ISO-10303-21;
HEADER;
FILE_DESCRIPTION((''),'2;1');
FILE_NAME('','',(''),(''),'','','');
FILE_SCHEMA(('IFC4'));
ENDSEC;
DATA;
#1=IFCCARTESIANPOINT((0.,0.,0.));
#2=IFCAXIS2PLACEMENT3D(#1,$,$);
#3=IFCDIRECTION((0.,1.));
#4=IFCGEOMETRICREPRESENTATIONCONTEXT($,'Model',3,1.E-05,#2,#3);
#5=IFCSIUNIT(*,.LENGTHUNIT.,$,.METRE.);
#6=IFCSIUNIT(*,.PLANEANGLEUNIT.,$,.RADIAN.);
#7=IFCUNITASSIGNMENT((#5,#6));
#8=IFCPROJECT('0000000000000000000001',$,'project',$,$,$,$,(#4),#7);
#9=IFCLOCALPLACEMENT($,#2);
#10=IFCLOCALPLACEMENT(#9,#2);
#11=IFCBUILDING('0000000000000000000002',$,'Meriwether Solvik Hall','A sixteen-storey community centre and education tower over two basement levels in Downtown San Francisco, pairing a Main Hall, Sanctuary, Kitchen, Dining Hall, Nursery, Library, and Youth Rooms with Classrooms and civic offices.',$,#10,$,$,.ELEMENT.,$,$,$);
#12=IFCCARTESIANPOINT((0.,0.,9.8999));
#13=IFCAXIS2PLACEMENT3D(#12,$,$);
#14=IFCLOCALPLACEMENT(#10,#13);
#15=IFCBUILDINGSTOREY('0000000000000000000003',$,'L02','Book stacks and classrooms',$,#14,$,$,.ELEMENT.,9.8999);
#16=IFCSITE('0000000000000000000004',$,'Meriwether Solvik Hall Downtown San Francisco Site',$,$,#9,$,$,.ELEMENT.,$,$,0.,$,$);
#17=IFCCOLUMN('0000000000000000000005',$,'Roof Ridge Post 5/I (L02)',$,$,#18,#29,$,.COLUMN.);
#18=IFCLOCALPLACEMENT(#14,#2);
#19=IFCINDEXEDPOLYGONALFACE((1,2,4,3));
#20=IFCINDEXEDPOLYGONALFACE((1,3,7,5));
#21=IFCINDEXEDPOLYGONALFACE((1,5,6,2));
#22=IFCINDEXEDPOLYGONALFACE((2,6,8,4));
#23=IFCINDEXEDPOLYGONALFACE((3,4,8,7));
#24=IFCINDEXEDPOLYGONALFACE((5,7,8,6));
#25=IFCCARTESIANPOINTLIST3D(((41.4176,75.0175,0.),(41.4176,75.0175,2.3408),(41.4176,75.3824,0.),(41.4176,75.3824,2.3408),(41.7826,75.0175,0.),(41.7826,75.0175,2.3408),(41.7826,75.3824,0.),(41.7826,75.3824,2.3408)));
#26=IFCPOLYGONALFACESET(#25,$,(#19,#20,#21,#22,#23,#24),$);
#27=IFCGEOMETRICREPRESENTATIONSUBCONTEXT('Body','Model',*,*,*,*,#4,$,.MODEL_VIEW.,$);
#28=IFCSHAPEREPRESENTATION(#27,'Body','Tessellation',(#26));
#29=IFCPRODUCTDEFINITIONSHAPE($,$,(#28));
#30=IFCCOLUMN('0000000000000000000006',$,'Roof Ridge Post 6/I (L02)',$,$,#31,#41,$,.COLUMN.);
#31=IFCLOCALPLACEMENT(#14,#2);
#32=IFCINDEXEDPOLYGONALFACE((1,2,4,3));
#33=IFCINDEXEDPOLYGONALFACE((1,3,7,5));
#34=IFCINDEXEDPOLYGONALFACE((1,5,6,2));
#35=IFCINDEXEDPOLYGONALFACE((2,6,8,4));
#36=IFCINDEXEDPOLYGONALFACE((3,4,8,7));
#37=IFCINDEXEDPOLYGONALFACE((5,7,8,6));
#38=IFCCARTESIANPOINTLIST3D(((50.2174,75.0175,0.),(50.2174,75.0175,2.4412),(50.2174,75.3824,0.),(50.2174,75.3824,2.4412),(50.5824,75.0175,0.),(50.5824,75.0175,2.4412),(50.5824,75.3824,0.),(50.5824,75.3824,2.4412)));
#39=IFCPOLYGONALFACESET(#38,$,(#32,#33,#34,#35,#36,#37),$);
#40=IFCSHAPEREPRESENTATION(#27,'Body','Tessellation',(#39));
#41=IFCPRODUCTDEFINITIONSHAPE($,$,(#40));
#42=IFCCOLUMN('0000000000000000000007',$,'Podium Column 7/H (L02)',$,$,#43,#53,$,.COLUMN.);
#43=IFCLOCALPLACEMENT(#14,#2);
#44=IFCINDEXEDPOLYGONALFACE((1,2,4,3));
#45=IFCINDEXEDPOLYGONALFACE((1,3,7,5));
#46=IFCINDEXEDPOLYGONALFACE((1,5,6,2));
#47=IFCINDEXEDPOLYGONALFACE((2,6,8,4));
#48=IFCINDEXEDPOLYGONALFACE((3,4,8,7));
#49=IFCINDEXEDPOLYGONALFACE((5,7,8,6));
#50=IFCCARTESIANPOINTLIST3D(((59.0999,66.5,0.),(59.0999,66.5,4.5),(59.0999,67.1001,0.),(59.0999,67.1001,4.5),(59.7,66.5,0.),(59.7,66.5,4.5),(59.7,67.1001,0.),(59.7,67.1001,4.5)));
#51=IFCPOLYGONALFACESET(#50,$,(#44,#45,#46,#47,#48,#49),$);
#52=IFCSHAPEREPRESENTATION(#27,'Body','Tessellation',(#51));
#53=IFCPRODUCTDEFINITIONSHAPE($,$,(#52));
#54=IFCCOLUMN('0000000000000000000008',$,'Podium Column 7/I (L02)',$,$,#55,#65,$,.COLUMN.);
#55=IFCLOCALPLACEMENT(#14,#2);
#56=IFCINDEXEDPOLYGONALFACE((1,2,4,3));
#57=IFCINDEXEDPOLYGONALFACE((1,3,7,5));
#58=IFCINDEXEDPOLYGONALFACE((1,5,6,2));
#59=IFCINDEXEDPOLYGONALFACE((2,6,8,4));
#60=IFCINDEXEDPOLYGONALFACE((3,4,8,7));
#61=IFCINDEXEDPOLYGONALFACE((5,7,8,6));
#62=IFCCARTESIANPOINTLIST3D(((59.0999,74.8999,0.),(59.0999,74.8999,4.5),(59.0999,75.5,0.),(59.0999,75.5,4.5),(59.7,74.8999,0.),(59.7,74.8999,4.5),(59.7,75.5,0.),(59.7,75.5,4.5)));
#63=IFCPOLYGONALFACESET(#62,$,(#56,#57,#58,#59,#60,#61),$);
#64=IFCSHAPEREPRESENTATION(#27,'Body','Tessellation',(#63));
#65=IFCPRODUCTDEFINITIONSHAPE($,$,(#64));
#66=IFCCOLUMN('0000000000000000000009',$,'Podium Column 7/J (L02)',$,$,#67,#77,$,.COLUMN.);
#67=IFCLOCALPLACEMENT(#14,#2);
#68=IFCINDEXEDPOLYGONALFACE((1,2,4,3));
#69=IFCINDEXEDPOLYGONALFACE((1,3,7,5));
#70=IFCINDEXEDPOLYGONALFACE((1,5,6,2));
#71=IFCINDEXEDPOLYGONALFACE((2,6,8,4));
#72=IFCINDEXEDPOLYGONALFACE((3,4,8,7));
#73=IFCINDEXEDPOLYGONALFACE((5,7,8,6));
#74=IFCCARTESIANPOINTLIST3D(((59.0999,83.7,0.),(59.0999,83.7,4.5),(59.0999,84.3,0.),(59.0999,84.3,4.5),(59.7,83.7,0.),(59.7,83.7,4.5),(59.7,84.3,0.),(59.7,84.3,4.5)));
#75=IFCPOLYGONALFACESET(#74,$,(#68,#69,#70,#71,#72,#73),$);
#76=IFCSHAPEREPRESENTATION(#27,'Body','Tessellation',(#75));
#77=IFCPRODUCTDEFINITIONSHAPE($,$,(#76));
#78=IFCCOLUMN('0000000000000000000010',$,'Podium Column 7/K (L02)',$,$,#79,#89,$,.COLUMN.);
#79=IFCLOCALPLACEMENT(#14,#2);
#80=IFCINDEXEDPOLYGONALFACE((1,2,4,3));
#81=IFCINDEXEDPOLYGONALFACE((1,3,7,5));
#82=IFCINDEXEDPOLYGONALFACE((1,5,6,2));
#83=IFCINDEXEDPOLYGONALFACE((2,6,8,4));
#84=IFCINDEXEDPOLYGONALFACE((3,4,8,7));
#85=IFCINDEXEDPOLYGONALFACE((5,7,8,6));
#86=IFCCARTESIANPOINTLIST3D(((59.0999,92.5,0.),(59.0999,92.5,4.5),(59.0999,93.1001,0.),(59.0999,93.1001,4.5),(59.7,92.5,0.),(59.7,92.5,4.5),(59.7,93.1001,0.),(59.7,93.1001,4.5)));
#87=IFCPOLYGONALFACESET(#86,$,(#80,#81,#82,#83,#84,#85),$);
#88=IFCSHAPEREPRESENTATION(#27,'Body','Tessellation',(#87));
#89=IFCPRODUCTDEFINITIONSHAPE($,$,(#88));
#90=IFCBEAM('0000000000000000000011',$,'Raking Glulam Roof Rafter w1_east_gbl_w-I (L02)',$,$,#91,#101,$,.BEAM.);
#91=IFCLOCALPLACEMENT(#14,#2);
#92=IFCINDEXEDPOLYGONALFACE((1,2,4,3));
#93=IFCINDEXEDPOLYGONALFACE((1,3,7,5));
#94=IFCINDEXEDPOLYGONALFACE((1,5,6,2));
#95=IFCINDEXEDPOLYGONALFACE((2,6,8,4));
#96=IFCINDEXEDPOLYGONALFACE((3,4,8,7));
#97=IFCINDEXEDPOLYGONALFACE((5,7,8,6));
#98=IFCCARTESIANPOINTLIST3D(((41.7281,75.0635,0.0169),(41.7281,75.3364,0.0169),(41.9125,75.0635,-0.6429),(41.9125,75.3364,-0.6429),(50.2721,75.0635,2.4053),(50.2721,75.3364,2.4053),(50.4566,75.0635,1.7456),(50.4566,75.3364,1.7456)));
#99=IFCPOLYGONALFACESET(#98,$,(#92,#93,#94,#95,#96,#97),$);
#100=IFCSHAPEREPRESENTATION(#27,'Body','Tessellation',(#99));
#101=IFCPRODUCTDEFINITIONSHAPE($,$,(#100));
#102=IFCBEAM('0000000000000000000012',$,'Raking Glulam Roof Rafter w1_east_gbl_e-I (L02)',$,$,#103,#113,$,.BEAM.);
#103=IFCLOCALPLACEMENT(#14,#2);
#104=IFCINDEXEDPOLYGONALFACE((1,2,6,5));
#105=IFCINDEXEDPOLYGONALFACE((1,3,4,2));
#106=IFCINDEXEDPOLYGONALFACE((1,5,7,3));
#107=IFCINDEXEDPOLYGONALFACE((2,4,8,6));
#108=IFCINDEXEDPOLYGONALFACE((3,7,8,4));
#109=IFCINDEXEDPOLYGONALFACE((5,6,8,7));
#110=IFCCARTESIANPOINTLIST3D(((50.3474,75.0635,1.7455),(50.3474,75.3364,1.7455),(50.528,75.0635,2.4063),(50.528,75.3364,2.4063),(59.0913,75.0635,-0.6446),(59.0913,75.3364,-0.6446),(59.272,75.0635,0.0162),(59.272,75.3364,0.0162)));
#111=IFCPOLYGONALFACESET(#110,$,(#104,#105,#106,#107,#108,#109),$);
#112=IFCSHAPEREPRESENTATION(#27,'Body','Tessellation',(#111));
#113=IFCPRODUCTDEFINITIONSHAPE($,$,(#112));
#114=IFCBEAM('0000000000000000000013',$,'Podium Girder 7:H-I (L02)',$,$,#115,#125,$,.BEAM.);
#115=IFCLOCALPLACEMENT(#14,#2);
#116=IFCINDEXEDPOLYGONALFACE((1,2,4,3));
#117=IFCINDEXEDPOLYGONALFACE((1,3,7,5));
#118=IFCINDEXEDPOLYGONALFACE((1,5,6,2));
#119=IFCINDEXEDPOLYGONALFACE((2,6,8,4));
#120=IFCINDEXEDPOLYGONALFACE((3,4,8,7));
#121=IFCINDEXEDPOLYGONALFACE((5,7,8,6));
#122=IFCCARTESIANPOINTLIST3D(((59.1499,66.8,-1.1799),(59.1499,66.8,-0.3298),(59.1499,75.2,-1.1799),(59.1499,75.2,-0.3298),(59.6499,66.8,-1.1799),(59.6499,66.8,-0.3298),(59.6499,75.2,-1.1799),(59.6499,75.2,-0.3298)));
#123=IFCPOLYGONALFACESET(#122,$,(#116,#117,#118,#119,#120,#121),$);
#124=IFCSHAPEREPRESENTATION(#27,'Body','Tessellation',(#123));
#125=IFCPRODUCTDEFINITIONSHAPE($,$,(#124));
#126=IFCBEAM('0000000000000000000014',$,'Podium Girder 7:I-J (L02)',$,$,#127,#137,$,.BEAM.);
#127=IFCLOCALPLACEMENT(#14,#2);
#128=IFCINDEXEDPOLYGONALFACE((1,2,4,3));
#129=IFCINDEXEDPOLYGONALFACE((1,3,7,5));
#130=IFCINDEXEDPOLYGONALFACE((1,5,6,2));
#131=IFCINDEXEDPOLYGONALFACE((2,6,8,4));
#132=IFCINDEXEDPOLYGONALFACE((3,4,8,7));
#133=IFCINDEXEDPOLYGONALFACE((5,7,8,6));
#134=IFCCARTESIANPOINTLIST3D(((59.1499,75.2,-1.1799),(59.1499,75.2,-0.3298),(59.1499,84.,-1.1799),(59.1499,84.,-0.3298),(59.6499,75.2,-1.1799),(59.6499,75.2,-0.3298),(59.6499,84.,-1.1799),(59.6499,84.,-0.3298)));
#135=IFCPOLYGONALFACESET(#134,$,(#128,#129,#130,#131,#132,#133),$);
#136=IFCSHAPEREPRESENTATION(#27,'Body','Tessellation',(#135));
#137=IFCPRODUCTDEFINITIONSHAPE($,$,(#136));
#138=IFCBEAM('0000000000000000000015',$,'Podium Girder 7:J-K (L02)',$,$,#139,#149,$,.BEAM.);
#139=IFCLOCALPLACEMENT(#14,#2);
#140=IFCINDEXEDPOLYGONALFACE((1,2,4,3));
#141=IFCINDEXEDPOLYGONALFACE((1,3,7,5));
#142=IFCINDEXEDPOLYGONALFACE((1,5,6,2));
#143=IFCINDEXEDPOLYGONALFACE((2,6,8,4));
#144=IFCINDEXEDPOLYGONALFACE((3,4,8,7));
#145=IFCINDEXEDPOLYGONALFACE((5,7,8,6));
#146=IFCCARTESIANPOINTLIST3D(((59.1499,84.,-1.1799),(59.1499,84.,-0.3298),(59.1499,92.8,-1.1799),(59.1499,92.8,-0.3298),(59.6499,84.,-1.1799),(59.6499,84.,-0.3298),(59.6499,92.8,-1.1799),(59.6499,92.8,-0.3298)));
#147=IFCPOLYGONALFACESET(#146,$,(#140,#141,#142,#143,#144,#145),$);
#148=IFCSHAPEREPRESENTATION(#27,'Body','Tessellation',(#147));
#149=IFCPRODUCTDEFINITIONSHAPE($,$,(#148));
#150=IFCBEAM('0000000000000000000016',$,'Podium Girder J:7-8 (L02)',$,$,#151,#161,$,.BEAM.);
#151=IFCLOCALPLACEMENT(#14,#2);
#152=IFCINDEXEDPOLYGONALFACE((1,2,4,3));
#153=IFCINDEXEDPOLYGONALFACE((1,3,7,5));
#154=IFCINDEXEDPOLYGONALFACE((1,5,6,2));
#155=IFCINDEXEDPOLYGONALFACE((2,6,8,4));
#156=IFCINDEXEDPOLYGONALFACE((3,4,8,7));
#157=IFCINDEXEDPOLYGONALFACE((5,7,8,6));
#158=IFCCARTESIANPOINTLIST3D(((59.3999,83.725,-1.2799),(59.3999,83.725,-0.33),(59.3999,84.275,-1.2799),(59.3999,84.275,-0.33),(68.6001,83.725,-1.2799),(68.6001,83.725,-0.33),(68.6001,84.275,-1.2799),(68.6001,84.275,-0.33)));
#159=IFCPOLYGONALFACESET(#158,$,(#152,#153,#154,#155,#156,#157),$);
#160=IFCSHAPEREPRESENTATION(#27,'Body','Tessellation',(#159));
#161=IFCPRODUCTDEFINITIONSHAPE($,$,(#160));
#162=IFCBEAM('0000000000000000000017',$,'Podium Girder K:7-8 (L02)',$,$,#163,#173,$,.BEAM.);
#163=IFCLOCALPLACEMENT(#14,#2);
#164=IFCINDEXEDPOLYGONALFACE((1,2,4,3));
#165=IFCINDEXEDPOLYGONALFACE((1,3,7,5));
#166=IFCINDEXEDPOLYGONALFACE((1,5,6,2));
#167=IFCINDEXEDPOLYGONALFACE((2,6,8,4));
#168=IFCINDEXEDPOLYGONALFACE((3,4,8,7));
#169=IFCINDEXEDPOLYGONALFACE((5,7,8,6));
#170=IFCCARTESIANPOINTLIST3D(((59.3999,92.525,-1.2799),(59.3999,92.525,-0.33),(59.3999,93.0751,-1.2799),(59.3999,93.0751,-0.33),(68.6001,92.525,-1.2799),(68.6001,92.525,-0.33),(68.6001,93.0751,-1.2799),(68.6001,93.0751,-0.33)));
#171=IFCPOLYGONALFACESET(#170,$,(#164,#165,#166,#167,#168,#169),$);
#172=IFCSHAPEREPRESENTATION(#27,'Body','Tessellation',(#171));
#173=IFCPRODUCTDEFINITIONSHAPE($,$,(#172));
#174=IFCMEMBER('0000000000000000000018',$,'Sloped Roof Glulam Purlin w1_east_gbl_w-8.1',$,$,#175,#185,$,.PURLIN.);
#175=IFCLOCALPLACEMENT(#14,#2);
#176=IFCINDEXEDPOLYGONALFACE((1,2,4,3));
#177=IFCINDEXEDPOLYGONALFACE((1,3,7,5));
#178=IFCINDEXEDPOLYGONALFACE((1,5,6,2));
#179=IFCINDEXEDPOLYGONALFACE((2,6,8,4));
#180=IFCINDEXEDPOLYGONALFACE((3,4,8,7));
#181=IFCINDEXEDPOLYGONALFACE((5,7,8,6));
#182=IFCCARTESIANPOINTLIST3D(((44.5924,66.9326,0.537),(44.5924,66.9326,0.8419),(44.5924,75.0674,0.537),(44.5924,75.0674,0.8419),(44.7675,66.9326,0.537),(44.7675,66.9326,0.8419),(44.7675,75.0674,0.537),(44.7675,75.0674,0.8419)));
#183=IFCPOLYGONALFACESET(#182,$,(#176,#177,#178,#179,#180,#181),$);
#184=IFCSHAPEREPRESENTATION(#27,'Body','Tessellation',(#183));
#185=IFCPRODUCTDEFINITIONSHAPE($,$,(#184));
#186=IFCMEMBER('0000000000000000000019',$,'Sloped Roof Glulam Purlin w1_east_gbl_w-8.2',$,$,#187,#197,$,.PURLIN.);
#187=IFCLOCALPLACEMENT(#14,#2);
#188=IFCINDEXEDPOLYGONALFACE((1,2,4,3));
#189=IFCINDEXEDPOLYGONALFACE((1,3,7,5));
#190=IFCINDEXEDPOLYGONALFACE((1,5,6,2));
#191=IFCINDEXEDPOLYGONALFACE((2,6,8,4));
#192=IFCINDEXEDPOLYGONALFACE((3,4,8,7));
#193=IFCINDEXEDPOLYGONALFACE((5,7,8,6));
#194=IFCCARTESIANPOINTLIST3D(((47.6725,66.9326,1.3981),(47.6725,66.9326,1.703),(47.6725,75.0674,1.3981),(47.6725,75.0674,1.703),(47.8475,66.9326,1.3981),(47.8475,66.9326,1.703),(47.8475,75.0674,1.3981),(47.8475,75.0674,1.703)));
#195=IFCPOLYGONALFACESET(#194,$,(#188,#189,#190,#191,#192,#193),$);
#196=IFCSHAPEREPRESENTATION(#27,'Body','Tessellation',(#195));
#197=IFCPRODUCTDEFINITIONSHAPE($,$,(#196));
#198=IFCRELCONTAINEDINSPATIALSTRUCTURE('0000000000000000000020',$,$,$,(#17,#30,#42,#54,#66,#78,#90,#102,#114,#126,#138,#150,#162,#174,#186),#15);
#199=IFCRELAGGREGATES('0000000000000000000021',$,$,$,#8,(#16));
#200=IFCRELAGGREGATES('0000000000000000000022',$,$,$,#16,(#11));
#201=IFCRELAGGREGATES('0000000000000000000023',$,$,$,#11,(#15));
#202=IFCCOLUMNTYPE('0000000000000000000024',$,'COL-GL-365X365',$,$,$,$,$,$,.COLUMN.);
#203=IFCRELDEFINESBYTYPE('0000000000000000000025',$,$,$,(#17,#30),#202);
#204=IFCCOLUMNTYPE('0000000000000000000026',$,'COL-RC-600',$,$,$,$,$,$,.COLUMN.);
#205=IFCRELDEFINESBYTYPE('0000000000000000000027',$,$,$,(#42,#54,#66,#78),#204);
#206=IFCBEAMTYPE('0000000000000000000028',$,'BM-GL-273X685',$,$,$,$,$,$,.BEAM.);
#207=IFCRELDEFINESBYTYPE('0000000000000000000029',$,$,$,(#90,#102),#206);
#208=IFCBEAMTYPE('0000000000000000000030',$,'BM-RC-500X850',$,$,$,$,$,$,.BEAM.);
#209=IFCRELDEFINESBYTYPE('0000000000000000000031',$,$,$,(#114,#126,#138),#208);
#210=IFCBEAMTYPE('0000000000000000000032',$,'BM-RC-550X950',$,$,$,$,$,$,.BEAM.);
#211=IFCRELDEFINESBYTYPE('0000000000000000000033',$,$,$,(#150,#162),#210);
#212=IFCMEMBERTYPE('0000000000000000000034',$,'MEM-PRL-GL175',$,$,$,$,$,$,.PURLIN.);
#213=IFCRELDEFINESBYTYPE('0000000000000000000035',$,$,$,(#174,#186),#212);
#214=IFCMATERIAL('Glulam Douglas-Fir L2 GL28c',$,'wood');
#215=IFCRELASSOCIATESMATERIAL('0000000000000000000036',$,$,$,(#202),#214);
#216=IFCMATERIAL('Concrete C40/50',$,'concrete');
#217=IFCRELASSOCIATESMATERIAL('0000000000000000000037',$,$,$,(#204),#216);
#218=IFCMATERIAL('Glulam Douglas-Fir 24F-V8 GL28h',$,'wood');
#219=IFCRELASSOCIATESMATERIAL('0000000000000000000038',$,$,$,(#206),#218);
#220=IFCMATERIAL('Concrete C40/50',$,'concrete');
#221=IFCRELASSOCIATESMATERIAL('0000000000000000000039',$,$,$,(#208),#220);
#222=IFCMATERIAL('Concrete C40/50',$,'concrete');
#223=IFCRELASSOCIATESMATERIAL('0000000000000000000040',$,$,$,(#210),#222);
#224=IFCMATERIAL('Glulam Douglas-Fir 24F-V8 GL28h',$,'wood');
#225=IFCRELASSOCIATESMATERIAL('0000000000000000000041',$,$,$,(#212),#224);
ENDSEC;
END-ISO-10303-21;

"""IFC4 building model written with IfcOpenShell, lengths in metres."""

from ifc_helpers import new_model, si_unit, direction, frame, origin, origin_2d, place, context, subcontext, project, spatial, rectangle, extrude, material, material_profile, profile_set, type_object, element, save


model = new_model("IFC4")

# Units and contexts
model_context = context("Model", 3, precision=1e-05, world=origin(), true_north=direction((0.0, 1.0)))
body_context = subcontext(model_context, "Body", "Model", "MODEL_VIEW")
ifc_project = project(units=[si_unit("LENGTHUNIT", "METRE"), si_unit("PLANEANGLEUNIT", "RADIAN")], contexts=[model_context])

# Site, building, storey
site_placement = place(None, origin())
site = spatial("IfcSite", under=ifc_project, at=site_placement, Name="Meriwether Solvik Hall Downtown San Francisco Site", CompositionType="ELEMENT", RefElevation=0.0)
building_placement = place(site_placement, origin())
building = spatial("IfcBuilding", under=site, at=building_placement, Name="Meriwether Solvik Hall", Description="A sixteen-storey community centre and education tower over two basement levels in Downtown San Francisco, pairing a Main Hall, Sanctuary, Kitchen, Dining Hall, Nursery, Library, and Youth Rooms with Classrooms and civic offices.", CompositionType="ELEMENT")
storey_placement = place(building_placement, frame((0.0, 0.0, 9.8999)))
storey = spatial("IfcBuildingStorey", under=building, at=storey_placement, Name="L02", Description="Book stacks and classrooms", CompositionType="ELEMENT", Elevation=9.8999)

# Columns
ifc_material_1 = material(Name="Glulam Douglas-Fir L2 GL28c", Category="wood")
ifc_material_profile_1 = material_profile(ifc_material_1, rectangle(XDim=0.365, YDim=0.365, at=origin_2d()), Name="GLC-365X365")
ifc_profile_set_1 = profile_set([ifc_material_profile_1], Name="Glulam Douglas-Fir L2 GL28c")
column_type_1 = type_object("IfcColumnType", Name="COL-GL-365X365", PredefinedType="COLUMN", material=ifc_profile_set_1)
column_1_placement = place(storey_placement, frame((41.6001, 75.2, 0.0), z_axis=(0.0, 0.0, 1.0), x_axis=(1.0, 0.0, 0.0)))
element("IfcColumn", 1, at=column_1_placement, inside=storey, type_object=column_type_1, Name="Roof Ridge Post 5/I (L02)", PredefinedType="COLUMN", context=body_context, shape_type="SweptSolid", body=[
    extrude(rectangle(XDim=0.365, YDim=0.365, at=origin_2d()), origin(), (0.0, 0.0, 1.0), 2.3408),
])
column_2_placement = place(storey_placement, frame((50.3999, 75.2, 0.0), z_axis=(0.0, 0.0, 1.0), x_axis=(1.0, 0.0, 0.0)))
element("IfcColumn", 2, at=column_2_placement, inside=storey, type_object=column_type_1, Name="Roof Ridge Post 6/I (L02)", PredefinedType="COLUMN", context=body_context, shape_type="SweptSolid", body=[
    extrude(rectangle(XDim=0.365, YDim=0.365, at=origin_2d()), origin(), (0.0, 0.0, 1.0), 2.4412),
])
ifc_material_2 = material(Name="Concrete C40/50", Category="concrete")
ifc_material_profile_2 = material_profile(ifc_material_2, rectangle(XDim=0.6001, YDim=0.6001, at=origin_2d()), Name="RCC-600X600")
ifc_profile_set_2 = profile_set([ifc_material_profile_2], Name="Concrete C40/50")
column_type_2 = type_object("IfcColumnType", Name="COL-RC-600", PredefinedType="COLUMN", material=ifc_profile_set_2)
for number, where, z_axis, x_axis, name in (
    (3, (59.3999, 66.8, 0.0), (0.0, 0.0, 1.0), (1.0, 0.0, 0.0), "Podium Column 7/H (L02)"),
    (4, (59.3999, 75.2, 0.0), (0.0, 0.0, 1.0), (1.0, 0.0, 0.0), "Podium Column 7/I (L02)"),
    (5, (59.3999, 84.0, 0.0), (0.0, 0.0, 1.0), (1.0, 0.0, 0.0), "Podium Column 7/J (L02)"),
    (6, (59.3999, 92.8, 0.0), (0.0, 0.0, 1.0), (1.0, 0.0, 0.0), "Podium Column 7/K (L02)"),
):
    element("IfcColumn", number, at=place(storey_placement, frame(where, z_axis=z_axis, x_axis=x_axis)), inside=storey, type_object=column_type_2, Name=name, PredefinedType="COLUMN", context=body_context, shape_type="SweptSolid", body=[
        extrude(rectangle(XDim=0.6001, YDim=0.6001, at=origin_2d()), origin(), (0.0, 0.0, 1.0), 4.5),
    ])

# Beams
ifc_material_3 = material(Name="Glulam Douglas-Fir 24F-V8 GL28h", Category="wood")
ifc_material_profile_3 = material_profile(ifc_material_3, rectangle(XDim=0.2729, YDim=0.6851, at=origin_2d()), Name="GLB-273X685")
ifc_profile_set_3 = profile_set([ifc_material_profile_3], Name="Glulam Douglas-Fir 24F-V8 GL28h")
beam_type_1 = type_object("IfcBeamType", Name="BM-GL-273X685", PredefinedType="BEAM", material=ifc_profile_set_3)
beam_1_placement = place(storey_placement, frame((41.8203, 75.2, -0.313), z_axis=(0.963077, 0.0, 0.269225), x_axis=(0.0, 1.0, 0.0)))
element("IfcBeam", 7, at=beam_1_placement, inside=storey, type_object=beam_type_1, Name="Raking Glulam Roof Rafter w1_east_gbl_w-I (L02)", PredefinedType="BEAM", context=body_context, shape_type="SweptSolid", body=[
    extrude(rectangle(XDim=0.2729, YDim=0.6851, at=origin_2d()), origin(), (0.0, 0.0, 1.0), 8.8716),
])
beam_2_placement = place(storey_placement, frame((59.1816, 75.2, -0.3142), z_axis=(-0.964611, 0.0, 0.263676), x_axis=(0.0, -1.0, 0.0)))
element("IfcBeam", 8, at=beam_2_placement, inside=storey, type_object=beam_type_1, Name="Raking Glulam Roof Rafter w1_east_gbl_e-I (L02)", PredefinedType="BEAM", context=body_context, shape_type="SweptSolid", body=[
    extrude(rectangle(XDim=0.2729, YDim=0.6851, at=origin_2d()), origin(), (0.0, 0.0, 1.0), 9.0647),
])
ifc_material_4 = material(Name="Concrete C40/50", Category="concrete")
ifc_material_profile_4 = material_profile(ifc_material_4, rectangle(XDim=0.5, YDim=0.8501, at=origin_2d()), Name="RCB-500X850")
ifc_profile_set_4 = profile_set([ifc_material_profile_4], Name="Concrete C40/50")
beam_type_2 = type_object("IfcBeamType", Name="BM-RC-500X850", PredefinedType="BEAM", material=ifc_profile_set_4)
beam_3_placement = place(storey_placement, frame((59.3999, 66.8, -0.7549), z_axis=(0.0, 1.0, 0.0), x_axis=(-1.0, 0.0, 0.0)))
element("IfcBeam", 9, at=beam_3_placement, inside=storey, type_object=beam_type_2, Name="Podium Girder 7:H-I (L02)", PredefinedType="BEAM", context=body_context, shape_type="SweptSolid", body=[
    extrude(rectangle(XDim=0.5, YDim=0.8501, at=origin_2d()), origin(), (0.0, 0.0, 1.0), 8.3999),
])
for number, where, z_axis, x_axis, name in (
    (10, (59.3999, 75.2, -0.7549), (0.0, 1.0, 0.0), (-1.0, 0.0, 0.0), "Podium Girder 7:I-J (L02)"),
    (11, (59.3999, 84.0, -0.7549), (0.0, 1.0, 0.0), (-1.0, 0.0, 0.0), "Podium Girder 7:J-K (L02)"),
):
    element("IfcBeam", number, at=place(storey_placement, frame(where, z_axis=z_axis, x_axis=x_axis)), inside=storey, type_object=beam_type_2, Name=name, PredefinedType="BEAM", context=body_context, shape_type="SweptSolid", body=[
        extrude(rectangle(XDim=0.5, YDim=0.8501, at=origin_2d()), origin(), (0.0, 0.0, 1.0), 8.8),
    ])
ifc_material_5 = material(Name="Concrete C40/50", Category="concrete")
ifc_material_profile_5 = material_profile(ifc_material_5, rectangle(XDim=0.55, YDim=0.95, at=origin_2d()), Name="RCB-550X950")
ifc_profile_set_5 = profile_set([ifc_material_profile_5], Name="Concrete C40/50")
beam_type_3 = type_object("IfcBeamType", Name="BM-RC-550X950", PredefinedType="BEAM", material=ifc_profile_set_5)
for number, where, z_axis, x_axis, name in (
    (12, (59.3999, 84.0, -0.8049), (1.0, 0.0, 0.0), (0.0, 1.0, 0.0), "Podium Girder J:7-8 (L02)"),
    (13, (59.3999, 92.8, -0.8049), (1.0, 0.0, 0.0), (0.0, 1.0, 0.0), "Podium Girder K:7-8 (L02)"),
):
    element("IfcBeam", number, at=place(storey_placement, frame(where, z_axis=z_axis, x_axis=x_axis)), inside=storey, type_object=beam_type_3, Name=name, PredefinedType="BEAM", context=body_context, shape_type="SweptSolid", body=[
        extrude(rectangle(XDim=0.55, YDim=0.95, at=origin_2d()), origin(), (0.0, 0.0, 1.0), 9.2002),
    ])

# Members
ifc_material_6 = material(Name="Glulam Douglas-Fir 24F-V8 GL28h", Category="wood")
ifc_material_profile_6 = material_profile(ifc_material_6, rectangle(XDim=0.175, YDim=0.3049, at=origin_2d()), Name="GLM-175X305")
ifc_profile_set_6 = profile_set([ifc_material_profile_6], Name="Glulam Douglas-Fir 24F-V8 GL28h")
member_type = type_object("IfcMemberType", Name="MEM-PRL-GL175", PredefinedType="PURLIN", material=ifc_profile_set_6)
for number, where, z_axis, x_axis, name in (
    (14, (44.6799, 66.9326, 0.6895), (0.0, 1.0, 0.0), (-1.0, 0.0, 0.0), "Sloped Roof Glulam Purlin w1_east_gbl_w-8.1"),
    (15, (47.76, 66.9326, 1.5505), (0.0, 1.0, 0.0), (-1.0, 0.0, 0.0), "Sloped Roof Glulam Purlin w1_east_gbl_w-8.2"),
):
    element("IfcMember", number, at=place(storey_placement, frame(where, z_axis=z_axis, x_axis=x_axis)), inside=storey, type_object=member_type, Name=name, PredefinedType="PURLIN", context=body_context, shape_type="SweptSolid", body=[
        extrude(rectangle(XDim=0.175, YDim=0.3049, at=origin_2d()), origin(), (0.0, 0.0, 1.0), 8.1348),
    ])

save(model, "model.ifc")
